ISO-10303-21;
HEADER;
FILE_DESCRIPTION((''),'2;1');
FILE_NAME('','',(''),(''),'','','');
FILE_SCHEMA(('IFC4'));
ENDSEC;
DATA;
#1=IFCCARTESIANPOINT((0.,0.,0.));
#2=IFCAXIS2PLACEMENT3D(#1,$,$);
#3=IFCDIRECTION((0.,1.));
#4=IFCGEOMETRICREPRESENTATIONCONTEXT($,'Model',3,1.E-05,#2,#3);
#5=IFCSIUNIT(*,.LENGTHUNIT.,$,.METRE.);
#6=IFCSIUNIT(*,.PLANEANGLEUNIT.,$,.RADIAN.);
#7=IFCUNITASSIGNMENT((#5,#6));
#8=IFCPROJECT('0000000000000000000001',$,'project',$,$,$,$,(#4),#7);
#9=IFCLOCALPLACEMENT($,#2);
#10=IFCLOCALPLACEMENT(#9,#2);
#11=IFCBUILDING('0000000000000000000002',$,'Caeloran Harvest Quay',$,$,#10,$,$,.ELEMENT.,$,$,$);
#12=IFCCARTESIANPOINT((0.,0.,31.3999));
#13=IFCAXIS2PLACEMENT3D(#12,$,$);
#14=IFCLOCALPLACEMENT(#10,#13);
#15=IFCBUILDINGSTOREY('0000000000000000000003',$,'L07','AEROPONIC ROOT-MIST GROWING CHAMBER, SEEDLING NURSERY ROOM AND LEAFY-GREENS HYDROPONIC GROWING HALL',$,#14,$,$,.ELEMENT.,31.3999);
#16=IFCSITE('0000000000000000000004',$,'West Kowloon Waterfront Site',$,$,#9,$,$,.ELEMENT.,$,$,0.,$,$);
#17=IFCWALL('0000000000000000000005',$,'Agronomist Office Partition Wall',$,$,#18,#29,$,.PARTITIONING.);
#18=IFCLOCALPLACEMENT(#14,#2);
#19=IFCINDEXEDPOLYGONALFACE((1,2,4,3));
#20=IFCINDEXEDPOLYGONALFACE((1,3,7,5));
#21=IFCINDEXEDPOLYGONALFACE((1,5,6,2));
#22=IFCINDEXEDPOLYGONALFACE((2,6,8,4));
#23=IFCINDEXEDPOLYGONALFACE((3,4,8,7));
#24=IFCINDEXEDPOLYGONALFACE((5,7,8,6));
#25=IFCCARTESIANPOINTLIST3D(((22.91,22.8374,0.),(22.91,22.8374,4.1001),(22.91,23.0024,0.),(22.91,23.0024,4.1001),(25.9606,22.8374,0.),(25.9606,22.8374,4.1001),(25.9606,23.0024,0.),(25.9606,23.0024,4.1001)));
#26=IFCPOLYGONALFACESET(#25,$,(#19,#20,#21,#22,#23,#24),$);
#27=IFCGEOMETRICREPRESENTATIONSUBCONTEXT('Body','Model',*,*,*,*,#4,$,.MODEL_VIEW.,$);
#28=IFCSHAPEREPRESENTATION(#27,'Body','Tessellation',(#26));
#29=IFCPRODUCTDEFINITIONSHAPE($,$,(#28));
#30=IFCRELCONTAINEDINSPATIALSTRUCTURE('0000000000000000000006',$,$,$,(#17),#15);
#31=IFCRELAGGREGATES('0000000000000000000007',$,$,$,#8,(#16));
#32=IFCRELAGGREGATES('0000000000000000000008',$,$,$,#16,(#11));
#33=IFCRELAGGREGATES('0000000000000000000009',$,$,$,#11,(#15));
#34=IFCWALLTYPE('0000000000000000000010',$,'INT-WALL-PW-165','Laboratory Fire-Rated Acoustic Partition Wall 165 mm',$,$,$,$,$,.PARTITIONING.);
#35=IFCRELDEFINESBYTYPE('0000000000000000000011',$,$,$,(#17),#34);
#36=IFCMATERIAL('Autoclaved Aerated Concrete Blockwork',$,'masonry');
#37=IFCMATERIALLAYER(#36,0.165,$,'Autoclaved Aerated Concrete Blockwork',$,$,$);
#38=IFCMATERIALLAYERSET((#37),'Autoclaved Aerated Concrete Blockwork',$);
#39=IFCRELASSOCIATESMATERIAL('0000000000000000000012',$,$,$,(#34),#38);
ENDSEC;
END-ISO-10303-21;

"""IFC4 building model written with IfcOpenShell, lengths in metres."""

from ifc_helpers import new_model, si_unit, direction, frame, frame_2d, origin, place, context, subcontext, project, spatial, rectangle, extrude, material, layer, layer_set, type_object, element, save


model = new_model("IFC4")

# Units and contexts
model_context = context("Model", 3, precision=1e-05, world=origin(), true_north=direction((0.0, 1.0)))
body_context = subcontext(model_context, "Body", "Model", "MODEL_VIEW")
ifc_project = project(units=[si_unit("LENGTHUNIT", "METRE"), si_unit("PLANEANGLEUNIT", "RADIAN")], contexts=[model_context])

# Site, building, storey
site_placement = place(None, origin())
site = spatial("IfcSite", under=ifc_project, at=site_placement, Name="West Kowloon Waterfront Site", CompositionType="ELEMENT", RefElevation=0.0)
building_placement = place(site_placement, origin())
building = spatial("IfcBuilding", under=site, at=building_placement, Name="Caeloran Harvest Quay", CompositionType="ELEMENT")
storey_placement = place(building_placement, frame((0.0, 0.0, 31.3999)))
storey = spatial("IfcBuildingStorey", under=building, at=storey_placement, Name="L07", Description="AEROPONIC ROOT-MIST GROWING CHAMBER, SEEDLING NURSERY ROOM AND LEAFY-GREENS HYDROPONIC GROWING HALL", CompositionType="ELEMENT", Elevation=31.3999)

# Wall
ifc_material_1 = material(Name="Autoclaved Aerated Concrete Blockwork", Category="masonry")
ifc_layer = layer(ifc_material_1, 0.165, Name="Autoclaved Aerated Concrete Blockwork")
ifc_layer_set = layer_set([ifc_layer], Name="Autoclaved Aerated Concrete Blockwork")
wall_type = type_object("IfcWallType", Name="INT-WALL-PW-165", Description="Laboratory Fire-Rated Acoustic Partition Wall 165 mm", PredefinedType="PARTITIONING", material=ifc_layer_set)
wall_placement = place(storey_placement, frame((22.9099, 22.9199, 0.0), z_axis=(0.0, 0.0, 1.0), x_axis=(1.0, 0.0, 0.0)))
element("IfcWall", 1, at=wall_placement, inside=storey, type_object=wall_type, Name="Agronomist Office Partition Wall", PredefinedType="PARTITIONING", context=body_context, shape_type="SweptSolid", body=[
    extrude(rectangle(XDim=3.0505, YDim=0.165, at=frame_2d((1.5254, 0.0))), origin(), (0.0, 0.0, 1.0), 4.1001),
])

save(model, "model.ifc")
